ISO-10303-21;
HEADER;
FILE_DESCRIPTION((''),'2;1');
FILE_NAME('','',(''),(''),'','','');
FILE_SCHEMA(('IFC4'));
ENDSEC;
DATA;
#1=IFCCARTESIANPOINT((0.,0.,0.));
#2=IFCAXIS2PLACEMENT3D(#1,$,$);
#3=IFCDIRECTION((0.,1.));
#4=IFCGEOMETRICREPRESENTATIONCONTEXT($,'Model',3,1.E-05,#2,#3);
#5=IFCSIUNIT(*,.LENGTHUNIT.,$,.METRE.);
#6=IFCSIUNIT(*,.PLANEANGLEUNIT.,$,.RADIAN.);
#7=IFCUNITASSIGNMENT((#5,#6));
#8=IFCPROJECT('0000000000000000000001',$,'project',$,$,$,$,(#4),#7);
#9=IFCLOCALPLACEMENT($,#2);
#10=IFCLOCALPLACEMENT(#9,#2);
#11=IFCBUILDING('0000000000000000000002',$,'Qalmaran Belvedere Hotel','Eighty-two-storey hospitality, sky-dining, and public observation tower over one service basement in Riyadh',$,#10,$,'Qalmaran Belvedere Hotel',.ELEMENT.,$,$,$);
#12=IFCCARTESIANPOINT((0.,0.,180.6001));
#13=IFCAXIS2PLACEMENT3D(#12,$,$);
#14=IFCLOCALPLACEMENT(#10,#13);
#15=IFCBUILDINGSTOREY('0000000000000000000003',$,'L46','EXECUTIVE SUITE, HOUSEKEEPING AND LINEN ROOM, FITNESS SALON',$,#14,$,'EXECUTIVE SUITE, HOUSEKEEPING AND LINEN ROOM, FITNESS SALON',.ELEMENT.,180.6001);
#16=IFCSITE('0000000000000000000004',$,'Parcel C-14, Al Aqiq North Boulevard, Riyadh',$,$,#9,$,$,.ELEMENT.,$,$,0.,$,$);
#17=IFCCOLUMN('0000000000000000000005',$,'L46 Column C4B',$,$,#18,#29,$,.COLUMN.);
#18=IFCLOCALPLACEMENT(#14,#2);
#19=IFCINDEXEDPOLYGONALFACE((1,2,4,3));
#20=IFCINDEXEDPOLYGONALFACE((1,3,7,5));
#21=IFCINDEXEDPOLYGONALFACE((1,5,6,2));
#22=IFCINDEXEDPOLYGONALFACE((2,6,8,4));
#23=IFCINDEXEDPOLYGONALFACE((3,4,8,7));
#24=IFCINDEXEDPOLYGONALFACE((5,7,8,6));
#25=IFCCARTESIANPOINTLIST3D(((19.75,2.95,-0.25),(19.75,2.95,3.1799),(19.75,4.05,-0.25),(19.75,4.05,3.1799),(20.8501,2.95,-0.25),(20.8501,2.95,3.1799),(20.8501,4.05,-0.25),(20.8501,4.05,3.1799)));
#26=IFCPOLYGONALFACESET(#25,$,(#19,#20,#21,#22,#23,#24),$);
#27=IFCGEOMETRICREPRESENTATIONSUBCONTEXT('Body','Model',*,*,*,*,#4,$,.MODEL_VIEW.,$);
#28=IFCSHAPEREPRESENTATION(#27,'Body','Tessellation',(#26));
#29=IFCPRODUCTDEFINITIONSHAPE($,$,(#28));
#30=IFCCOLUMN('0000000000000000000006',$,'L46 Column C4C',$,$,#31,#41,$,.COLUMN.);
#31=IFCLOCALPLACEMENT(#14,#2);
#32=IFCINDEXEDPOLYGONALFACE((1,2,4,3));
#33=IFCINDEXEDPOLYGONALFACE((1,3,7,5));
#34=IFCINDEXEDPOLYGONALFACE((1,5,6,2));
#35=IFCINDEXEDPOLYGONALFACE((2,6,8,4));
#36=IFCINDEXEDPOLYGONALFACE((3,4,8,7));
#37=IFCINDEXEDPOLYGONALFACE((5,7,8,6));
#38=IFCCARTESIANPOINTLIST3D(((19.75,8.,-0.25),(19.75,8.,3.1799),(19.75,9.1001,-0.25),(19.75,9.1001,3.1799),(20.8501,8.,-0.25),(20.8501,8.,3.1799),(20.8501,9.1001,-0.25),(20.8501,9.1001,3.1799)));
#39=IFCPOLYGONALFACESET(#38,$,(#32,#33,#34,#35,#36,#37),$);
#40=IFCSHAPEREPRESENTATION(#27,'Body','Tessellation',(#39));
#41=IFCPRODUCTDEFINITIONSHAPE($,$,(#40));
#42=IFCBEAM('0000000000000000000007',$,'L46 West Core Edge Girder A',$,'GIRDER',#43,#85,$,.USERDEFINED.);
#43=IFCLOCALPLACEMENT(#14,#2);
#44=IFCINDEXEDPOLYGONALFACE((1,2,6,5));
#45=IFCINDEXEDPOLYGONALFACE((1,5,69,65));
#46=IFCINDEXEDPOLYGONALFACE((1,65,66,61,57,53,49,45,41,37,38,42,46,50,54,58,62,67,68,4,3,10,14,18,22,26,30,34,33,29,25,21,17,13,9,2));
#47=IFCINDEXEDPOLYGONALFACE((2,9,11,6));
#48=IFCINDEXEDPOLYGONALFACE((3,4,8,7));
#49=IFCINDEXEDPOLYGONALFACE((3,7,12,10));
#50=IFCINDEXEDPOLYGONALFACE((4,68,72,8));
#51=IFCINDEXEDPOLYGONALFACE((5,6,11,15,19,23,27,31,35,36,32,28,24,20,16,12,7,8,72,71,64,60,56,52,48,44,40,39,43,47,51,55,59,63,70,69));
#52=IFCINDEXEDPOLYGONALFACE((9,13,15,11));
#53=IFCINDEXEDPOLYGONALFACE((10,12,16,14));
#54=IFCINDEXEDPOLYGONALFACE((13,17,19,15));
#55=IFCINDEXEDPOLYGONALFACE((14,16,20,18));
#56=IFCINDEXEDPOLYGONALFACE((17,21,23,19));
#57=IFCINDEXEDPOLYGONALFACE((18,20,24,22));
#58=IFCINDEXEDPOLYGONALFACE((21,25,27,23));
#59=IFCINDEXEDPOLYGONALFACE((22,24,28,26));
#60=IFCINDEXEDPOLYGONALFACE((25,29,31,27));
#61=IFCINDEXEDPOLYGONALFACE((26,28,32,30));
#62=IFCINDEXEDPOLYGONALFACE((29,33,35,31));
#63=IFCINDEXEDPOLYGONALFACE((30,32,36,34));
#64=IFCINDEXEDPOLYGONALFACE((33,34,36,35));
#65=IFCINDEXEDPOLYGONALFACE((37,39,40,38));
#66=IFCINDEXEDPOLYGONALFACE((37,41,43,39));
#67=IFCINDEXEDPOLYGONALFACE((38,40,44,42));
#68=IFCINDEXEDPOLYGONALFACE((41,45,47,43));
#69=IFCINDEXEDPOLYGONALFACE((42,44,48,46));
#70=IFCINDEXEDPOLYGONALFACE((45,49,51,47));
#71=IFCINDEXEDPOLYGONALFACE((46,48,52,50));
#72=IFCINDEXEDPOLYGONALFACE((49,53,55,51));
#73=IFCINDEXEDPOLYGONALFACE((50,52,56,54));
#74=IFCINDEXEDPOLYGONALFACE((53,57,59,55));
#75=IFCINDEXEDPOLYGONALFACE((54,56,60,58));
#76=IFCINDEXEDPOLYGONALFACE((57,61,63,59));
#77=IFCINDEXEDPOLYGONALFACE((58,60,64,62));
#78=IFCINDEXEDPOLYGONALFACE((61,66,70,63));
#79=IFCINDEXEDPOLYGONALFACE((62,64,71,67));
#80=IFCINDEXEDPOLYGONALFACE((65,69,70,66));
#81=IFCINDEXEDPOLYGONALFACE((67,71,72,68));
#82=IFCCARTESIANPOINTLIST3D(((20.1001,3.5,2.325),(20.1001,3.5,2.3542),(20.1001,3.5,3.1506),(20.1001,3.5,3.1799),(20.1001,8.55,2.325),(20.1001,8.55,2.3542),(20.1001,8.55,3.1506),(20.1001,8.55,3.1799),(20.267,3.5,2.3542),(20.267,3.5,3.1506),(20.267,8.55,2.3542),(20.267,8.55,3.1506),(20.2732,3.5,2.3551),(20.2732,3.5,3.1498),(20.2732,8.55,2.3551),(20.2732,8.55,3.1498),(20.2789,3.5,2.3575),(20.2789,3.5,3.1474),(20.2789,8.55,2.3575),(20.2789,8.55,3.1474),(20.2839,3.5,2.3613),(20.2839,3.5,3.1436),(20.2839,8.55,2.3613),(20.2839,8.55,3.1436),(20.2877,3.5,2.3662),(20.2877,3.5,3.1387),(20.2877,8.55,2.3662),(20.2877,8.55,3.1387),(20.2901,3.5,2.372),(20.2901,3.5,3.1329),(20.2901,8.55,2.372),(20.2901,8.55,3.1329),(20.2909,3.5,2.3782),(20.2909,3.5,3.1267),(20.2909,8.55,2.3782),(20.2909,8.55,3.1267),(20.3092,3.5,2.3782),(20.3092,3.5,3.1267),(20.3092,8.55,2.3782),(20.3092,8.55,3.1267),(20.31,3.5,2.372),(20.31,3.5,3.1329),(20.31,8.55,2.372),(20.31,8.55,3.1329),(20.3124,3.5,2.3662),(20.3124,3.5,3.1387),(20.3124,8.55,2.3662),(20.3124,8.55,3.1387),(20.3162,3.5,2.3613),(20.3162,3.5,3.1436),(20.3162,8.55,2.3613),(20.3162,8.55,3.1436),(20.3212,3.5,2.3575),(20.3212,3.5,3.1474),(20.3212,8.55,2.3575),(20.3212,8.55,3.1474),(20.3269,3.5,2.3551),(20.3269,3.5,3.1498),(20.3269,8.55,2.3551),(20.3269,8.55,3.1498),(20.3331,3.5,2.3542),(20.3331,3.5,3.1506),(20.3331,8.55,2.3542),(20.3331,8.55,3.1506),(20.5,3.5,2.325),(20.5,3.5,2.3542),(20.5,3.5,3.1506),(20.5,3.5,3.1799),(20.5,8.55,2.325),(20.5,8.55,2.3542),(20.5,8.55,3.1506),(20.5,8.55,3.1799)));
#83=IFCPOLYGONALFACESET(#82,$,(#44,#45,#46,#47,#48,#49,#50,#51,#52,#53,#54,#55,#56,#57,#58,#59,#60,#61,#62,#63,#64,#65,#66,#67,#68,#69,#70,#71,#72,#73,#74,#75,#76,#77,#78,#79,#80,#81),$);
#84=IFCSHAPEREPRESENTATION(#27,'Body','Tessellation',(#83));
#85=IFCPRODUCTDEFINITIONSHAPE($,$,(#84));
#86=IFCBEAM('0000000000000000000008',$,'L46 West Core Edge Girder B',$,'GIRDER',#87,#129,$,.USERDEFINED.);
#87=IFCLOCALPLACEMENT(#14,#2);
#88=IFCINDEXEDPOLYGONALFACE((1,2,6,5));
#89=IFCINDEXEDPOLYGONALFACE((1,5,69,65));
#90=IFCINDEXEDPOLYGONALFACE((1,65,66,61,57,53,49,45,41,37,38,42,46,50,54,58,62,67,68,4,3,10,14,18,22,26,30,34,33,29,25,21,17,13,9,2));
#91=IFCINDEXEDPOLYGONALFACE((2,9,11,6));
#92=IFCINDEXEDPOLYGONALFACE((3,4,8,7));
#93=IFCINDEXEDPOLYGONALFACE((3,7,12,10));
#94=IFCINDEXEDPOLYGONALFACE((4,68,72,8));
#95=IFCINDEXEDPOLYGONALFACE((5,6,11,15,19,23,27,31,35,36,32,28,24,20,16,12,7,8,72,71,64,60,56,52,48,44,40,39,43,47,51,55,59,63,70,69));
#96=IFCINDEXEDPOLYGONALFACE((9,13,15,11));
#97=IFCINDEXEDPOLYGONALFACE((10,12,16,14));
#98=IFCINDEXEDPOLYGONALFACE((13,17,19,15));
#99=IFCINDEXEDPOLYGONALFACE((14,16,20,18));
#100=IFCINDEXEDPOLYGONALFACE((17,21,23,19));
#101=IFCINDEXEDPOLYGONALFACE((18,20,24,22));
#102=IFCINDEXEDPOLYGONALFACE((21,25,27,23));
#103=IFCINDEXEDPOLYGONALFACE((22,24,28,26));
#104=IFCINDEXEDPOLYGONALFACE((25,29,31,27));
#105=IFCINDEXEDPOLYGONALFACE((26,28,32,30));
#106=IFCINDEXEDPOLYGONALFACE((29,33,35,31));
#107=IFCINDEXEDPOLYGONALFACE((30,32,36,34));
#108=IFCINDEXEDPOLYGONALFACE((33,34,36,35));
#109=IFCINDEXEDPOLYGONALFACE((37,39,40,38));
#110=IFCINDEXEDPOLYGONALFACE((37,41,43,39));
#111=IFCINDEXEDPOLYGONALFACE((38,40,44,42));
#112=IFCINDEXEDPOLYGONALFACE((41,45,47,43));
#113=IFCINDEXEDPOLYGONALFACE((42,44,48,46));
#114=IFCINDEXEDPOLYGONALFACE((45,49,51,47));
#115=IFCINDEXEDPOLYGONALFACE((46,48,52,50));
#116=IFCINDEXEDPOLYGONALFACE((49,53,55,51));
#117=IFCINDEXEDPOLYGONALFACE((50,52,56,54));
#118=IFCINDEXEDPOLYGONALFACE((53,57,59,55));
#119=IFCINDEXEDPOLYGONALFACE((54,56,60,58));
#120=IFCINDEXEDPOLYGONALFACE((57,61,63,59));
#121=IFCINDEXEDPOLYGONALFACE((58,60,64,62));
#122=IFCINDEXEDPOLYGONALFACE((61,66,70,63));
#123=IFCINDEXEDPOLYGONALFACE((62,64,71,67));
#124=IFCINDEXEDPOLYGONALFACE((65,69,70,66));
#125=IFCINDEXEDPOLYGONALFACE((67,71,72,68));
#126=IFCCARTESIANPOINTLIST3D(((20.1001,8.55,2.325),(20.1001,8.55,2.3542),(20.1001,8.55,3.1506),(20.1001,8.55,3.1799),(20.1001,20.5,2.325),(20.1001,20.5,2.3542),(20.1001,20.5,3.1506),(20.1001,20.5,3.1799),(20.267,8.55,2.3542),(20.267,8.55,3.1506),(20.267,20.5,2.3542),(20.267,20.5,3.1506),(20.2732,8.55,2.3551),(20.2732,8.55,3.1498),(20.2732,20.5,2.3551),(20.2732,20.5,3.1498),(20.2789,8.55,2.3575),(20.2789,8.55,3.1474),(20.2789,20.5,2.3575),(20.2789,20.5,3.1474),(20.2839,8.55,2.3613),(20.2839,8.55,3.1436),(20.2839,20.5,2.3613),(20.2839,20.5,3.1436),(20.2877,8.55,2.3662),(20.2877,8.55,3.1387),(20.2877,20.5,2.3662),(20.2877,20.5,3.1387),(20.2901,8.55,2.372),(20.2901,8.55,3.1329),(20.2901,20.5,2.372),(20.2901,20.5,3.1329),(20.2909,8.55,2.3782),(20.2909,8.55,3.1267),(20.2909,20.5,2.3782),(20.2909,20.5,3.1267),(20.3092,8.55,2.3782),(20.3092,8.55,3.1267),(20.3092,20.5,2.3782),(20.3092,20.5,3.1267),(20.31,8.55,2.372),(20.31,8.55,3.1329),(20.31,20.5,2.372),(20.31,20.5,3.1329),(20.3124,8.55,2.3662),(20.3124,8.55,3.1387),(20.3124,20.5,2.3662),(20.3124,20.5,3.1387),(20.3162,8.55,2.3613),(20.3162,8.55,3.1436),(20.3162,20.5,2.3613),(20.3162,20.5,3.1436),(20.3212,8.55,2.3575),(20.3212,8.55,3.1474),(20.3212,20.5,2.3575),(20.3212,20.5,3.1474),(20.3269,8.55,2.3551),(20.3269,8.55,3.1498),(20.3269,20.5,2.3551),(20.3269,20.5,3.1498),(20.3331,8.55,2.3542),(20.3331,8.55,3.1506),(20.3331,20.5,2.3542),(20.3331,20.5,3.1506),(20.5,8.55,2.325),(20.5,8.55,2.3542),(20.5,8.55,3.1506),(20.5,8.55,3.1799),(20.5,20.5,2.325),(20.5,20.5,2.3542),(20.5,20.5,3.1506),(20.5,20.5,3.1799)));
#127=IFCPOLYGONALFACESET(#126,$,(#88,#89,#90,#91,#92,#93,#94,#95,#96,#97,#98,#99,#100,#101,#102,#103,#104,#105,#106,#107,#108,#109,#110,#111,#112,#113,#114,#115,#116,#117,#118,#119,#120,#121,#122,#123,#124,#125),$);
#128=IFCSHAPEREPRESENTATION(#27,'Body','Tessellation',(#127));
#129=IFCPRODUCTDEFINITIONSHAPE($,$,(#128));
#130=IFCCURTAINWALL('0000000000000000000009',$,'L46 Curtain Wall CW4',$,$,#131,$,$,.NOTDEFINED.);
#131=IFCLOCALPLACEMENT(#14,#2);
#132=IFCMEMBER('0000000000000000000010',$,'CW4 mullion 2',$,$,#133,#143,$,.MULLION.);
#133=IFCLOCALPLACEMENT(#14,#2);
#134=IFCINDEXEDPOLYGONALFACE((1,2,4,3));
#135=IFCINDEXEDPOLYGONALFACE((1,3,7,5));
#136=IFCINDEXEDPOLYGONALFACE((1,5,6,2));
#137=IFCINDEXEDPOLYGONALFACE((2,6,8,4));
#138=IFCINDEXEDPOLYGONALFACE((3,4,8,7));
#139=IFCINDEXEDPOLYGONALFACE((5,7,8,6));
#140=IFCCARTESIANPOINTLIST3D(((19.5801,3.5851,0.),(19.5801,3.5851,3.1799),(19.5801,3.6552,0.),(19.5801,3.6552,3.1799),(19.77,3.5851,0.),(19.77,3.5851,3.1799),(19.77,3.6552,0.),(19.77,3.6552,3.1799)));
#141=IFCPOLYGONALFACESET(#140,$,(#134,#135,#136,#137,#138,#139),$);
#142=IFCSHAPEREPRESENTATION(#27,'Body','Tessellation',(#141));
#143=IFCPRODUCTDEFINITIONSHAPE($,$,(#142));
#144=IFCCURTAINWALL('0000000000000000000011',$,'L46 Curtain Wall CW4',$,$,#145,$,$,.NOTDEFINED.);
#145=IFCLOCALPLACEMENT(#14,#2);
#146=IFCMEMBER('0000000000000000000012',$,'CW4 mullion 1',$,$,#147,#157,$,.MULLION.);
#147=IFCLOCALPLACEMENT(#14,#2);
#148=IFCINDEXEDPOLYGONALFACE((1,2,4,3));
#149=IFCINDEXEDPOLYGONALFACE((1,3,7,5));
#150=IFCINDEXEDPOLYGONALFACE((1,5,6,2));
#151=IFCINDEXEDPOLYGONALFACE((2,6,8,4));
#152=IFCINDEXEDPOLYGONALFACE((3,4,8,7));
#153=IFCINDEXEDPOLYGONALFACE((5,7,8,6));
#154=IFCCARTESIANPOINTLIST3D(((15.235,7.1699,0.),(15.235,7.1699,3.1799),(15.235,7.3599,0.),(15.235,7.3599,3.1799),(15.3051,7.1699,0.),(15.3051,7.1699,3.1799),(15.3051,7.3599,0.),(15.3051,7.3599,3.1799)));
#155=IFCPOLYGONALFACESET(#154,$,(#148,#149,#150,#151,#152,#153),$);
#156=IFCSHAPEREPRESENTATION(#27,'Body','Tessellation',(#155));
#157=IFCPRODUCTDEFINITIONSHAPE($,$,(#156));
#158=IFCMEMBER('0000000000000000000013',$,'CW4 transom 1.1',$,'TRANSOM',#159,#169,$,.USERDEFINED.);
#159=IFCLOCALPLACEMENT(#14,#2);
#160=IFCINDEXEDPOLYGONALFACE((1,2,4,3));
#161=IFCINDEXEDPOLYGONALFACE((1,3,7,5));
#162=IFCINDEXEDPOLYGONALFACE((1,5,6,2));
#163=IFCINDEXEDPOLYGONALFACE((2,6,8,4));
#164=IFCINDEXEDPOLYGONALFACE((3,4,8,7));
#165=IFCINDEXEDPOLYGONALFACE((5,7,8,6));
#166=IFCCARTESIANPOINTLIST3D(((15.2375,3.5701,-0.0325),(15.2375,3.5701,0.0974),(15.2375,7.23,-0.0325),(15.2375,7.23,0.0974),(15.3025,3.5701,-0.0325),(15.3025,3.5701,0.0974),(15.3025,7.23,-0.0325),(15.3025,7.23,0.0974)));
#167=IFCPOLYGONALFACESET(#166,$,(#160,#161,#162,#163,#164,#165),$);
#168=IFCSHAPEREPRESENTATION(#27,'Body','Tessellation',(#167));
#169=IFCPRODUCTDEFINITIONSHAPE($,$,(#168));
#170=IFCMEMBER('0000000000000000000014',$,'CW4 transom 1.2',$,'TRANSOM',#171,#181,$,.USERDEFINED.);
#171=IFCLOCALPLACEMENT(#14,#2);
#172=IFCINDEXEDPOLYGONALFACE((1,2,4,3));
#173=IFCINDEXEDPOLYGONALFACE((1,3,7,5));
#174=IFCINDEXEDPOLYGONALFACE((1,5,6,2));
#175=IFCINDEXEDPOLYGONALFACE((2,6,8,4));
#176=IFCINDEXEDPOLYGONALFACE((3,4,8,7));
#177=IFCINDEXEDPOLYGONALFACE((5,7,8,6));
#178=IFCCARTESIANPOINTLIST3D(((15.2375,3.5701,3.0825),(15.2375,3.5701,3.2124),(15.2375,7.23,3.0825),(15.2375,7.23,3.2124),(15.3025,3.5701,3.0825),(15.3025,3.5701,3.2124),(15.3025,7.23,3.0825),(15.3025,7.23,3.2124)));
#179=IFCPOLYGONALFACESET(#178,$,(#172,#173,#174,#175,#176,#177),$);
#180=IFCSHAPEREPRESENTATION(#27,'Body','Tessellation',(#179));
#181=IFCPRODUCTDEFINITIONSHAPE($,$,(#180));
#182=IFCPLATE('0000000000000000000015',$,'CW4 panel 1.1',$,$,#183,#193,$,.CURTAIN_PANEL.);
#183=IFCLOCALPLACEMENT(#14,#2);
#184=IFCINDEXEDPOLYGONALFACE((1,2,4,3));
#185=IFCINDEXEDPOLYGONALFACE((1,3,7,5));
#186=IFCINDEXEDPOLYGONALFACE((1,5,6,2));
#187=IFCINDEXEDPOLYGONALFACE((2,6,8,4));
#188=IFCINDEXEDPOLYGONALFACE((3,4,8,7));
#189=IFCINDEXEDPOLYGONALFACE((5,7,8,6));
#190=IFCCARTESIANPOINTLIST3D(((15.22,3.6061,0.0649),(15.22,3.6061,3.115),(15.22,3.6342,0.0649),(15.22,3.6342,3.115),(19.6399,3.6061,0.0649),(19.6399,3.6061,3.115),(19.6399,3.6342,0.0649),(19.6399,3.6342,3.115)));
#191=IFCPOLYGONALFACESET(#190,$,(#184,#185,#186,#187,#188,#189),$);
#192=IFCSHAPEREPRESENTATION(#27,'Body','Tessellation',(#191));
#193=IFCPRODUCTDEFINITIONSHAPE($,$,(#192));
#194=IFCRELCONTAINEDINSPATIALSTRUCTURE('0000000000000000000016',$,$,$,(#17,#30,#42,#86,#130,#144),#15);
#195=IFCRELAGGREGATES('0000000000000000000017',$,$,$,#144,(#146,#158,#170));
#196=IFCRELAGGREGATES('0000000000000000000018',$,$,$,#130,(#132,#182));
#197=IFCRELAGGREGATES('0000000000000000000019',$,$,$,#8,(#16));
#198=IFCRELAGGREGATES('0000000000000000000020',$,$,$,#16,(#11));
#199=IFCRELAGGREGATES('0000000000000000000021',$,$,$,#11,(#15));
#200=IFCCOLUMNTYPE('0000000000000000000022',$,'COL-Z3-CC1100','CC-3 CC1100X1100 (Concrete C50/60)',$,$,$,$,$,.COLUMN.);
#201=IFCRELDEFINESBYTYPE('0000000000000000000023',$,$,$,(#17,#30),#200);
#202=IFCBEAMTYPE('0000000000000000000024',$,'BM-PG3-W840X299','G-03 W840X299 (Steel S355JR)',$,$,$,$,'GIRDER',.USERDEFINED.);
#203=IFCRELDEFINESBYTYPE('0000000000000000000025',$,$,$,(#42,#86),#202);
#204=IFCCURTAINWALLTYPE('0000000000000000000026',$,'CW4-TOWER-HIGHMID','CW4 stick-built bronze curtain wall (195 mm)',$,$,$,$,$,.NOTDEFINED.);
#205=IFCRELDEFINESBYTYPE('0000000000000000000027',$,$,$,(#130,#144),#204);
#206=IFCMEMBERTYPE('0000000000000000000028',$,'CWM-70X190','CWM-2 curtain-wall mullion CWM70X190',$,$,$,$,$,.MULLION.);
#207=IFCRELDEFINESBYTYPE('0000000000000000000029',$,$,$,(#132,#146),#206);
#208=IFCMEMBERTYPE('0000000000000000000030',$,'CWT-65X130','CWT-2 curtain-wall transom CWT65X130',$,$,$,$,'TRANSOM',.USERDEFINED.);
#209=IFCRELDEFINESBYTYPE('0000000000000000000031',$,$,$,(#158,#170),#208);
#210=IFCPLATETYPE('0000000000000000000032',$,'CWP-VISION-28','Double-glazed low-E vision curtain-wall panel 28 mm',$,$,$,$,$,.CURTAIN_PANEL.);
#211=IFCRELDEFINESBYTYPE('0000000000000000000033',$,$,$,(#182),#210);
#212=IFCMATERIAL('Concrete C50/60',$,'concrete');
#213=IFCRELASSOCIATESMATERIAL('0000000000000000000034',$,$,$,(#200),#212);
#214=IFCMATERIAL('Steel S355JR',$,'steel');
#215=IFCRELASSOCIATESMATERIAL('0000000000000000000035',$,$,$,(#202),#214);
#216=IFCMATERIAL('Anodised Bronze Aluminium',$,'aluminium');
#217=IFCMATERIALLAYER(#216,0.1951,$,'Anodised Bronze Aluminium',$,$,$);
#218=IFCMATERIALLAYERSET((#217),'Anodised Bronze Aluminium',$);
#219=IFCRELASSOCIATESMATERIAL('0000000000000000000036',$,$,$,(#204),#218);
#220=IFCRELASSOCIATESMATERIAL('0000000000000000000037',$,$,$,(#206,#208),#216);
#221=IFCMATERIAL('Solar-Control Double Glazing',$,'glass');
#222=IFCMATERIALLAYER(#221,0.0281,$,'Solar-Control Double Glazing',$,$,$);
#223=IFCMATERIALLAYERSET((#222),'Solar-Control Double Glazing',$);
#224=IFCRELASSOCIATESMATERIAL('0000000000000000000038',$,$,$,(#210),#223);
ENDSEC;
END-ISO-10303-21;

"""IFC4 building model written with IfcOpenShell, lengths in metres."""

from ifc_helpers import new_model, si_unit, direction, frame, origin, origin_2d, place, context, subcontext, project, spatial, rectangle, i_section, extrude, material, layer, layer_set, material_profile, profile_set, type_object, element, aggregate, save


model = new_model("IFC4")

# Units and contexts
model_context = context("Model", 3, precision=1e-05, world=origin(), true_north=direction((0.0, 1.0)))
body_context = subcontext(model_context, "Body", "Model", "MODEL_VIEW")
ifc_project = project(units=[si_unit("LENGTHUNIT", "METRE"), si_unit("PLANEANGLEUNIT", "RADIAN")], contexts=[model_context])

# Site, building, storey
site_placement = place(None, origin())
site = spatial("IfcSite", under=ifc_project, at=site_placement, Name="Parcel C-14, Al Aqiq North Boulevard, Riyadh", CompositionType="ELEMENT", RefElevation=0.0)
building_placement = place(site_placement, origin())
building = spatial("IfcBuilding", under=site, at=building_placement, Name="Qalmaran Belvedere Hotel", Description="Eighty-two-storey hospitality, sky-dining, and public observation tower over one service basement in Riyadh", LongName="Qalmaran Belvedere Hotel", CompositionType="ELEMENT")
storey_placement = place(building_placement, frame((0.0, 0.0, 180.6001)))
storey = spatial("IfcBuildingStorey", under=building, at=storey_placement, Name="L46", Description="EXECUTIVE SUITE, HOUSEKEEPING AND LINEN ROOM, FITNESS SALON", LongName="EXECUTIVE SUITE, HOUSEKEEPING AND LINEN ROOM, FITNESS SALON", CompositionType="ELEMENT", Elevation=180.6001)

# Columns
ifc_material_1 = material(Name="Concrete C50/60", Category="concrete")
ifc_material_profile_1 = material_profile(ifc_material_1, rectangle(XDim=1.1001, YDim=1.1001, at=origin_2d()), Name="CC1100X1100")
ifc_profile_set_1 = profile_set([ifc_material_profile_1], Name="Concrete C50/60")
column_type = type_object("IfcColumnType", Name="COL-Z3-CC1100", Description="CC-3 CC1100X1100 (Concrete C50/60)", PredefinedType="COLUMN", material=ifc_profile_set_1)
for number, where, z_axis, x_axis, name in (
    (1, (20.3, 3.5, -0.25), (0.0, 0.0, 1.0), (1.0, 0.0, 0.0), "L46 Column C4B"),
    (2, (20.3, 8.55, -0.25), (0.0, 0.0, 1.0), (1.0, 0.0, 0.0), "L46 Column C4C"),
):
    element("IfcColumn", number, at=place(storey_placement, frame(where, z_axis=z_axis, x_axis=x_axis)), inside=storey, type_object=column_type, Name=name, PredefinedType="COLUMN", context=body_context, shape_type="SweptSolid", body=[
        extrude(rectangle(XDim=1.1001, YDim=1.1001, at=origin_2d()), origin(), (0.0, 0.0, 1.0), 3.4299),
    ])

# Beams
ifc_material_2 = material(Name="Steel S355JR", Category="steel")
ifc_material_profile_2 = material_profile(ifc_material_2, i_section(OverallWidth=0.3999, OverallDepth=0.855, WebThickness=0.0183, FlangeThickness=0.0293, FilletRadius=0.0239, at=origin_2d()), Name="W840X299")
ifc_profile_set_2 = profile_set([ifc_material_profile_2], Name="Steel S355JR")
beam_type = type_object("IfcBeamType", Name="BM-PG3-W840X299", Description="G-03 W840X299 (Steel S355JR)", ElementType="GIRDER", PredefinedType="USERDEFINED", material=ifc_profile_set_2)
beam_1_placement = place(storey_placement, frame((20.3, 3.5, 2.7524), z_axis=(0.0, 1.0, 0.0), x_axis=(-1.0, 0.0, 0.0)))
element("IfcBeam", 3, at=beam_1_placement, inside=storey, type_object=beam_type, Name="L46 West Core Edge Girder A", ObjectType="GIRDER", PredefinedType="USERDEFINED", context=body_context, shape_type="SweptSolid", body=[
    extrude(i_section(OverallWidth=0.3999, OverallDepth=0.855, WebThickness=0.0183, FlangeThickness=0.0293, FilletRadius=0.0239, at=origin_2d()), origin(), (0.0, 0.0, 1.0), 5.05),
])
beam_2_placement = place(storey_placement, frame((20.3, 8.55, 2.7524), z_axis=(0.0, 1.0, 0.0), x_axis=(-1.0, 0.0, 0.0)))
element("IfcBeam", 4, at=beam_2_placement, inside=storey, type_object=beam_type, Name="L46 West Core Edge Girder B", ObjectType="GIRDER", PredefinedType="USERDEFINED", context=body_context, shape_type="SweptSolid", body=[
    extrude(i_section(OverallWidth=0.3999, OverallDepth=0.855, WebThickness=0.0183, FlangeThickness=0.0293, FilletRadius=0.0239, at=origin_2d()), origin(), (0.0, 0.0, 1.0), 11.95),
])

# Curtain wall, member
ifc_material_3 = material(Name="Anodised Bronze Aluminium", Category="aluminium")
ifc_layer_1 = layer(ifc_material_3, 0.1951, Name="Anodised Bronze Aluminium")
ifc_layer_set_1 = layer_set([ifc_layer_1], Name="Anodised Bronze Aluminium")
curtain_wall_type = type_object("IfcCurtainWallType", Name="CW4-TOWER-HIGHMID", Description="CW4 stick-built bronze curtain wall (195 mm)", PredefinedType="NOTDEFINED", material=ifc_layer_set_1)
curtain_wall_1_placement = place(storey_placement, origin())
curtain_wall_1 = element("IfcCurtainWall", 5, at=curtain_wall_1_placement, inside=storey, type_object=curtain_wall_type, Name="L46 Curtain Wall CW4", PredefinedType="NOTDEFINED")
ifc_material_profile_3 = material_profile(ifc_material_3, rectangle(XDim=0.0701, YDim=0.1899, at=origin_2d()), Name="CWM70X190")
ifc_profile_set_3 = profile_set([ifc_material_profile_3], Name="Anodised Bronze Aluminium")
member_type_1 = type_object("IfcMemberType", Name="CWM-70X190", Description="CWM-2 curtain-wall mullion CWM70X190", PredefinedType="MULLION", material=ifc_profile_set_3)
member_1_placement = place(storey_placement, frame((19.675, 3.6201, 0.0), z_axis=(0.0, 0.0, 1.0), x_axis=(0.0, 1.0, 0.0)))
member_1 = element("IfcMember", 6, at=member_1_placement, type_object=member_type_1, Name="CW4 mullion 2", PredefinedType="MULLION", context=body_context, shape_type="SweptSolid", body=[
    extrude(rectangle(XDim=0.0701, YDim=0.1899, at=origin_2d()), origin(), (0.0, 0.0, 1.0), 3.1799),
])

# Curtain wall, members
curtain_wall_2_placement = place(storey_placement, origin())
curtain_wall_2 = element("IfcCurtainWall", 7, at=curtain_wall_2_placement, inside=storey, type_object=curtain_wall_type, Name="L46 Curtain Wall CW4", PredefinedType="NOTDEFINED")
member_2_placement = place(storey_placement, frame((15.27, 7.2649, 0.0), z_axis=(0.0, 0.0, 1.0), x_axis=(1.0, 0.0, 0.0)))
member_2 = element("IfcMember", 8, at=member_2_placement, type_object=member_type_1, Name="CW4 mullion 1", PredefinedType="MULLION", context=body_context, shape_type="SweptSolid", body=[
    extrude(rectangle(XDim=0.0701, YDim=0.1899, at=origin_2d()), origin(), (0.0, 0.0, 1.0), 3.1799),
])
ifc_material_profile_4 = material_profile(ifc_material_3, rectangle(XDim=0.0649, YDim=0.1299, at=origin_2d()), Name="CWT65X130")
ifc_profile_set_4 = profile_set([ifc_material_profile_4], Name="Anodised Bronze Aluminium")
member_type_2 = type_object("IfcMemberType", Name="CWT-65X130", Description="CWT-2 curtain-wall transom CWT65X130", ElementType="TRANSOM", PredefinedType="USERDEFINED", material=ifc_profile_set_4)
member_3_placement = place(storey_placement, frame((15.27, 7.23, 0.0325), z_axis=(0.0, -1.0, 0.0), x_axis=(1.0, 0.0, 0.0)))
member_3 = element("IfcMember", 9, at=member_3_placement, type_object=member_type_2, Name="CW4 transom 1.1", ObjectType="TRANSOM", PredefinedType="USERDEFINED", context=body_context, shape_type="SweptSolid", body=[
    extrude(rectangle(XDim=0.0649, YDim=0.1299, at=origin_2d()), origin(), (0.0, 0.0, 1.0), 3.6599),
])
member_4_placement = place(storey_placement, frame((15.27, 7.23, 3.1475), z_axis=(0.0, -1.0, 0.0), x_axis=(1.0, 0.0, 0.0)))
member_4 = element("IfcMember", 10, at=member_4_placement, type_object=member_type_2, Name="CW4 transom 1.2", ObjectType="TRANSOM", PredefinedType="USERDEFINED", context=body_context, shape_type="SweptSolid", body=[
    extrude(rectangle(XDim=0.0649, YDim=0.1299, at=origin_2d()), origin(), (0.0, 0.0, 1.0), 3.6599),
])
aggregate(curtain_wall_2, [member_2, member_3, member_4])

# Plate
ifc_material_4 = material(Name="Solar-Control Double Glazing", Category="glass")
ifc_layer_2 = layer(ifc_material_4, 0.0281, Name="Solar-Control Double Glazing")
ifc_layer_set_2 = layer_set([ifc_layer_2], Name="Solar-Control Double Glazing")
plate_type = type_object("IfcPlateType", Name="CWP-VISION-28", Description="Double-glazed low-E vision curtain-wall panel 28 mm", PredefinedType="CURTAIN_PANEL", material=ifc_layer_set_2)
plate_placement = place(storey_placement, frame((17.4299, 3.6201, 0.0649), z_axis=(0.0, 0.0, 1.0), x_axis=(1.0, 0.0, 0.0)))
plate = element("IfcPlate", 11, at=plate_placement, type_object=plate_type, Name="CW4 panel 1.1", PredefinedType="CURTAIN_PANEL", context=body_context, shape_type="SweptSolid", body=[
    extrude(rectangle(XDim=4.4199, YDim=0.0281, at=origin_2d()), origin(), (0.0, 0.0, 1.0), 3.05),
])
aggregate(curtain_wall_1, [member_1, plate])

save(model, "model.ifc")
